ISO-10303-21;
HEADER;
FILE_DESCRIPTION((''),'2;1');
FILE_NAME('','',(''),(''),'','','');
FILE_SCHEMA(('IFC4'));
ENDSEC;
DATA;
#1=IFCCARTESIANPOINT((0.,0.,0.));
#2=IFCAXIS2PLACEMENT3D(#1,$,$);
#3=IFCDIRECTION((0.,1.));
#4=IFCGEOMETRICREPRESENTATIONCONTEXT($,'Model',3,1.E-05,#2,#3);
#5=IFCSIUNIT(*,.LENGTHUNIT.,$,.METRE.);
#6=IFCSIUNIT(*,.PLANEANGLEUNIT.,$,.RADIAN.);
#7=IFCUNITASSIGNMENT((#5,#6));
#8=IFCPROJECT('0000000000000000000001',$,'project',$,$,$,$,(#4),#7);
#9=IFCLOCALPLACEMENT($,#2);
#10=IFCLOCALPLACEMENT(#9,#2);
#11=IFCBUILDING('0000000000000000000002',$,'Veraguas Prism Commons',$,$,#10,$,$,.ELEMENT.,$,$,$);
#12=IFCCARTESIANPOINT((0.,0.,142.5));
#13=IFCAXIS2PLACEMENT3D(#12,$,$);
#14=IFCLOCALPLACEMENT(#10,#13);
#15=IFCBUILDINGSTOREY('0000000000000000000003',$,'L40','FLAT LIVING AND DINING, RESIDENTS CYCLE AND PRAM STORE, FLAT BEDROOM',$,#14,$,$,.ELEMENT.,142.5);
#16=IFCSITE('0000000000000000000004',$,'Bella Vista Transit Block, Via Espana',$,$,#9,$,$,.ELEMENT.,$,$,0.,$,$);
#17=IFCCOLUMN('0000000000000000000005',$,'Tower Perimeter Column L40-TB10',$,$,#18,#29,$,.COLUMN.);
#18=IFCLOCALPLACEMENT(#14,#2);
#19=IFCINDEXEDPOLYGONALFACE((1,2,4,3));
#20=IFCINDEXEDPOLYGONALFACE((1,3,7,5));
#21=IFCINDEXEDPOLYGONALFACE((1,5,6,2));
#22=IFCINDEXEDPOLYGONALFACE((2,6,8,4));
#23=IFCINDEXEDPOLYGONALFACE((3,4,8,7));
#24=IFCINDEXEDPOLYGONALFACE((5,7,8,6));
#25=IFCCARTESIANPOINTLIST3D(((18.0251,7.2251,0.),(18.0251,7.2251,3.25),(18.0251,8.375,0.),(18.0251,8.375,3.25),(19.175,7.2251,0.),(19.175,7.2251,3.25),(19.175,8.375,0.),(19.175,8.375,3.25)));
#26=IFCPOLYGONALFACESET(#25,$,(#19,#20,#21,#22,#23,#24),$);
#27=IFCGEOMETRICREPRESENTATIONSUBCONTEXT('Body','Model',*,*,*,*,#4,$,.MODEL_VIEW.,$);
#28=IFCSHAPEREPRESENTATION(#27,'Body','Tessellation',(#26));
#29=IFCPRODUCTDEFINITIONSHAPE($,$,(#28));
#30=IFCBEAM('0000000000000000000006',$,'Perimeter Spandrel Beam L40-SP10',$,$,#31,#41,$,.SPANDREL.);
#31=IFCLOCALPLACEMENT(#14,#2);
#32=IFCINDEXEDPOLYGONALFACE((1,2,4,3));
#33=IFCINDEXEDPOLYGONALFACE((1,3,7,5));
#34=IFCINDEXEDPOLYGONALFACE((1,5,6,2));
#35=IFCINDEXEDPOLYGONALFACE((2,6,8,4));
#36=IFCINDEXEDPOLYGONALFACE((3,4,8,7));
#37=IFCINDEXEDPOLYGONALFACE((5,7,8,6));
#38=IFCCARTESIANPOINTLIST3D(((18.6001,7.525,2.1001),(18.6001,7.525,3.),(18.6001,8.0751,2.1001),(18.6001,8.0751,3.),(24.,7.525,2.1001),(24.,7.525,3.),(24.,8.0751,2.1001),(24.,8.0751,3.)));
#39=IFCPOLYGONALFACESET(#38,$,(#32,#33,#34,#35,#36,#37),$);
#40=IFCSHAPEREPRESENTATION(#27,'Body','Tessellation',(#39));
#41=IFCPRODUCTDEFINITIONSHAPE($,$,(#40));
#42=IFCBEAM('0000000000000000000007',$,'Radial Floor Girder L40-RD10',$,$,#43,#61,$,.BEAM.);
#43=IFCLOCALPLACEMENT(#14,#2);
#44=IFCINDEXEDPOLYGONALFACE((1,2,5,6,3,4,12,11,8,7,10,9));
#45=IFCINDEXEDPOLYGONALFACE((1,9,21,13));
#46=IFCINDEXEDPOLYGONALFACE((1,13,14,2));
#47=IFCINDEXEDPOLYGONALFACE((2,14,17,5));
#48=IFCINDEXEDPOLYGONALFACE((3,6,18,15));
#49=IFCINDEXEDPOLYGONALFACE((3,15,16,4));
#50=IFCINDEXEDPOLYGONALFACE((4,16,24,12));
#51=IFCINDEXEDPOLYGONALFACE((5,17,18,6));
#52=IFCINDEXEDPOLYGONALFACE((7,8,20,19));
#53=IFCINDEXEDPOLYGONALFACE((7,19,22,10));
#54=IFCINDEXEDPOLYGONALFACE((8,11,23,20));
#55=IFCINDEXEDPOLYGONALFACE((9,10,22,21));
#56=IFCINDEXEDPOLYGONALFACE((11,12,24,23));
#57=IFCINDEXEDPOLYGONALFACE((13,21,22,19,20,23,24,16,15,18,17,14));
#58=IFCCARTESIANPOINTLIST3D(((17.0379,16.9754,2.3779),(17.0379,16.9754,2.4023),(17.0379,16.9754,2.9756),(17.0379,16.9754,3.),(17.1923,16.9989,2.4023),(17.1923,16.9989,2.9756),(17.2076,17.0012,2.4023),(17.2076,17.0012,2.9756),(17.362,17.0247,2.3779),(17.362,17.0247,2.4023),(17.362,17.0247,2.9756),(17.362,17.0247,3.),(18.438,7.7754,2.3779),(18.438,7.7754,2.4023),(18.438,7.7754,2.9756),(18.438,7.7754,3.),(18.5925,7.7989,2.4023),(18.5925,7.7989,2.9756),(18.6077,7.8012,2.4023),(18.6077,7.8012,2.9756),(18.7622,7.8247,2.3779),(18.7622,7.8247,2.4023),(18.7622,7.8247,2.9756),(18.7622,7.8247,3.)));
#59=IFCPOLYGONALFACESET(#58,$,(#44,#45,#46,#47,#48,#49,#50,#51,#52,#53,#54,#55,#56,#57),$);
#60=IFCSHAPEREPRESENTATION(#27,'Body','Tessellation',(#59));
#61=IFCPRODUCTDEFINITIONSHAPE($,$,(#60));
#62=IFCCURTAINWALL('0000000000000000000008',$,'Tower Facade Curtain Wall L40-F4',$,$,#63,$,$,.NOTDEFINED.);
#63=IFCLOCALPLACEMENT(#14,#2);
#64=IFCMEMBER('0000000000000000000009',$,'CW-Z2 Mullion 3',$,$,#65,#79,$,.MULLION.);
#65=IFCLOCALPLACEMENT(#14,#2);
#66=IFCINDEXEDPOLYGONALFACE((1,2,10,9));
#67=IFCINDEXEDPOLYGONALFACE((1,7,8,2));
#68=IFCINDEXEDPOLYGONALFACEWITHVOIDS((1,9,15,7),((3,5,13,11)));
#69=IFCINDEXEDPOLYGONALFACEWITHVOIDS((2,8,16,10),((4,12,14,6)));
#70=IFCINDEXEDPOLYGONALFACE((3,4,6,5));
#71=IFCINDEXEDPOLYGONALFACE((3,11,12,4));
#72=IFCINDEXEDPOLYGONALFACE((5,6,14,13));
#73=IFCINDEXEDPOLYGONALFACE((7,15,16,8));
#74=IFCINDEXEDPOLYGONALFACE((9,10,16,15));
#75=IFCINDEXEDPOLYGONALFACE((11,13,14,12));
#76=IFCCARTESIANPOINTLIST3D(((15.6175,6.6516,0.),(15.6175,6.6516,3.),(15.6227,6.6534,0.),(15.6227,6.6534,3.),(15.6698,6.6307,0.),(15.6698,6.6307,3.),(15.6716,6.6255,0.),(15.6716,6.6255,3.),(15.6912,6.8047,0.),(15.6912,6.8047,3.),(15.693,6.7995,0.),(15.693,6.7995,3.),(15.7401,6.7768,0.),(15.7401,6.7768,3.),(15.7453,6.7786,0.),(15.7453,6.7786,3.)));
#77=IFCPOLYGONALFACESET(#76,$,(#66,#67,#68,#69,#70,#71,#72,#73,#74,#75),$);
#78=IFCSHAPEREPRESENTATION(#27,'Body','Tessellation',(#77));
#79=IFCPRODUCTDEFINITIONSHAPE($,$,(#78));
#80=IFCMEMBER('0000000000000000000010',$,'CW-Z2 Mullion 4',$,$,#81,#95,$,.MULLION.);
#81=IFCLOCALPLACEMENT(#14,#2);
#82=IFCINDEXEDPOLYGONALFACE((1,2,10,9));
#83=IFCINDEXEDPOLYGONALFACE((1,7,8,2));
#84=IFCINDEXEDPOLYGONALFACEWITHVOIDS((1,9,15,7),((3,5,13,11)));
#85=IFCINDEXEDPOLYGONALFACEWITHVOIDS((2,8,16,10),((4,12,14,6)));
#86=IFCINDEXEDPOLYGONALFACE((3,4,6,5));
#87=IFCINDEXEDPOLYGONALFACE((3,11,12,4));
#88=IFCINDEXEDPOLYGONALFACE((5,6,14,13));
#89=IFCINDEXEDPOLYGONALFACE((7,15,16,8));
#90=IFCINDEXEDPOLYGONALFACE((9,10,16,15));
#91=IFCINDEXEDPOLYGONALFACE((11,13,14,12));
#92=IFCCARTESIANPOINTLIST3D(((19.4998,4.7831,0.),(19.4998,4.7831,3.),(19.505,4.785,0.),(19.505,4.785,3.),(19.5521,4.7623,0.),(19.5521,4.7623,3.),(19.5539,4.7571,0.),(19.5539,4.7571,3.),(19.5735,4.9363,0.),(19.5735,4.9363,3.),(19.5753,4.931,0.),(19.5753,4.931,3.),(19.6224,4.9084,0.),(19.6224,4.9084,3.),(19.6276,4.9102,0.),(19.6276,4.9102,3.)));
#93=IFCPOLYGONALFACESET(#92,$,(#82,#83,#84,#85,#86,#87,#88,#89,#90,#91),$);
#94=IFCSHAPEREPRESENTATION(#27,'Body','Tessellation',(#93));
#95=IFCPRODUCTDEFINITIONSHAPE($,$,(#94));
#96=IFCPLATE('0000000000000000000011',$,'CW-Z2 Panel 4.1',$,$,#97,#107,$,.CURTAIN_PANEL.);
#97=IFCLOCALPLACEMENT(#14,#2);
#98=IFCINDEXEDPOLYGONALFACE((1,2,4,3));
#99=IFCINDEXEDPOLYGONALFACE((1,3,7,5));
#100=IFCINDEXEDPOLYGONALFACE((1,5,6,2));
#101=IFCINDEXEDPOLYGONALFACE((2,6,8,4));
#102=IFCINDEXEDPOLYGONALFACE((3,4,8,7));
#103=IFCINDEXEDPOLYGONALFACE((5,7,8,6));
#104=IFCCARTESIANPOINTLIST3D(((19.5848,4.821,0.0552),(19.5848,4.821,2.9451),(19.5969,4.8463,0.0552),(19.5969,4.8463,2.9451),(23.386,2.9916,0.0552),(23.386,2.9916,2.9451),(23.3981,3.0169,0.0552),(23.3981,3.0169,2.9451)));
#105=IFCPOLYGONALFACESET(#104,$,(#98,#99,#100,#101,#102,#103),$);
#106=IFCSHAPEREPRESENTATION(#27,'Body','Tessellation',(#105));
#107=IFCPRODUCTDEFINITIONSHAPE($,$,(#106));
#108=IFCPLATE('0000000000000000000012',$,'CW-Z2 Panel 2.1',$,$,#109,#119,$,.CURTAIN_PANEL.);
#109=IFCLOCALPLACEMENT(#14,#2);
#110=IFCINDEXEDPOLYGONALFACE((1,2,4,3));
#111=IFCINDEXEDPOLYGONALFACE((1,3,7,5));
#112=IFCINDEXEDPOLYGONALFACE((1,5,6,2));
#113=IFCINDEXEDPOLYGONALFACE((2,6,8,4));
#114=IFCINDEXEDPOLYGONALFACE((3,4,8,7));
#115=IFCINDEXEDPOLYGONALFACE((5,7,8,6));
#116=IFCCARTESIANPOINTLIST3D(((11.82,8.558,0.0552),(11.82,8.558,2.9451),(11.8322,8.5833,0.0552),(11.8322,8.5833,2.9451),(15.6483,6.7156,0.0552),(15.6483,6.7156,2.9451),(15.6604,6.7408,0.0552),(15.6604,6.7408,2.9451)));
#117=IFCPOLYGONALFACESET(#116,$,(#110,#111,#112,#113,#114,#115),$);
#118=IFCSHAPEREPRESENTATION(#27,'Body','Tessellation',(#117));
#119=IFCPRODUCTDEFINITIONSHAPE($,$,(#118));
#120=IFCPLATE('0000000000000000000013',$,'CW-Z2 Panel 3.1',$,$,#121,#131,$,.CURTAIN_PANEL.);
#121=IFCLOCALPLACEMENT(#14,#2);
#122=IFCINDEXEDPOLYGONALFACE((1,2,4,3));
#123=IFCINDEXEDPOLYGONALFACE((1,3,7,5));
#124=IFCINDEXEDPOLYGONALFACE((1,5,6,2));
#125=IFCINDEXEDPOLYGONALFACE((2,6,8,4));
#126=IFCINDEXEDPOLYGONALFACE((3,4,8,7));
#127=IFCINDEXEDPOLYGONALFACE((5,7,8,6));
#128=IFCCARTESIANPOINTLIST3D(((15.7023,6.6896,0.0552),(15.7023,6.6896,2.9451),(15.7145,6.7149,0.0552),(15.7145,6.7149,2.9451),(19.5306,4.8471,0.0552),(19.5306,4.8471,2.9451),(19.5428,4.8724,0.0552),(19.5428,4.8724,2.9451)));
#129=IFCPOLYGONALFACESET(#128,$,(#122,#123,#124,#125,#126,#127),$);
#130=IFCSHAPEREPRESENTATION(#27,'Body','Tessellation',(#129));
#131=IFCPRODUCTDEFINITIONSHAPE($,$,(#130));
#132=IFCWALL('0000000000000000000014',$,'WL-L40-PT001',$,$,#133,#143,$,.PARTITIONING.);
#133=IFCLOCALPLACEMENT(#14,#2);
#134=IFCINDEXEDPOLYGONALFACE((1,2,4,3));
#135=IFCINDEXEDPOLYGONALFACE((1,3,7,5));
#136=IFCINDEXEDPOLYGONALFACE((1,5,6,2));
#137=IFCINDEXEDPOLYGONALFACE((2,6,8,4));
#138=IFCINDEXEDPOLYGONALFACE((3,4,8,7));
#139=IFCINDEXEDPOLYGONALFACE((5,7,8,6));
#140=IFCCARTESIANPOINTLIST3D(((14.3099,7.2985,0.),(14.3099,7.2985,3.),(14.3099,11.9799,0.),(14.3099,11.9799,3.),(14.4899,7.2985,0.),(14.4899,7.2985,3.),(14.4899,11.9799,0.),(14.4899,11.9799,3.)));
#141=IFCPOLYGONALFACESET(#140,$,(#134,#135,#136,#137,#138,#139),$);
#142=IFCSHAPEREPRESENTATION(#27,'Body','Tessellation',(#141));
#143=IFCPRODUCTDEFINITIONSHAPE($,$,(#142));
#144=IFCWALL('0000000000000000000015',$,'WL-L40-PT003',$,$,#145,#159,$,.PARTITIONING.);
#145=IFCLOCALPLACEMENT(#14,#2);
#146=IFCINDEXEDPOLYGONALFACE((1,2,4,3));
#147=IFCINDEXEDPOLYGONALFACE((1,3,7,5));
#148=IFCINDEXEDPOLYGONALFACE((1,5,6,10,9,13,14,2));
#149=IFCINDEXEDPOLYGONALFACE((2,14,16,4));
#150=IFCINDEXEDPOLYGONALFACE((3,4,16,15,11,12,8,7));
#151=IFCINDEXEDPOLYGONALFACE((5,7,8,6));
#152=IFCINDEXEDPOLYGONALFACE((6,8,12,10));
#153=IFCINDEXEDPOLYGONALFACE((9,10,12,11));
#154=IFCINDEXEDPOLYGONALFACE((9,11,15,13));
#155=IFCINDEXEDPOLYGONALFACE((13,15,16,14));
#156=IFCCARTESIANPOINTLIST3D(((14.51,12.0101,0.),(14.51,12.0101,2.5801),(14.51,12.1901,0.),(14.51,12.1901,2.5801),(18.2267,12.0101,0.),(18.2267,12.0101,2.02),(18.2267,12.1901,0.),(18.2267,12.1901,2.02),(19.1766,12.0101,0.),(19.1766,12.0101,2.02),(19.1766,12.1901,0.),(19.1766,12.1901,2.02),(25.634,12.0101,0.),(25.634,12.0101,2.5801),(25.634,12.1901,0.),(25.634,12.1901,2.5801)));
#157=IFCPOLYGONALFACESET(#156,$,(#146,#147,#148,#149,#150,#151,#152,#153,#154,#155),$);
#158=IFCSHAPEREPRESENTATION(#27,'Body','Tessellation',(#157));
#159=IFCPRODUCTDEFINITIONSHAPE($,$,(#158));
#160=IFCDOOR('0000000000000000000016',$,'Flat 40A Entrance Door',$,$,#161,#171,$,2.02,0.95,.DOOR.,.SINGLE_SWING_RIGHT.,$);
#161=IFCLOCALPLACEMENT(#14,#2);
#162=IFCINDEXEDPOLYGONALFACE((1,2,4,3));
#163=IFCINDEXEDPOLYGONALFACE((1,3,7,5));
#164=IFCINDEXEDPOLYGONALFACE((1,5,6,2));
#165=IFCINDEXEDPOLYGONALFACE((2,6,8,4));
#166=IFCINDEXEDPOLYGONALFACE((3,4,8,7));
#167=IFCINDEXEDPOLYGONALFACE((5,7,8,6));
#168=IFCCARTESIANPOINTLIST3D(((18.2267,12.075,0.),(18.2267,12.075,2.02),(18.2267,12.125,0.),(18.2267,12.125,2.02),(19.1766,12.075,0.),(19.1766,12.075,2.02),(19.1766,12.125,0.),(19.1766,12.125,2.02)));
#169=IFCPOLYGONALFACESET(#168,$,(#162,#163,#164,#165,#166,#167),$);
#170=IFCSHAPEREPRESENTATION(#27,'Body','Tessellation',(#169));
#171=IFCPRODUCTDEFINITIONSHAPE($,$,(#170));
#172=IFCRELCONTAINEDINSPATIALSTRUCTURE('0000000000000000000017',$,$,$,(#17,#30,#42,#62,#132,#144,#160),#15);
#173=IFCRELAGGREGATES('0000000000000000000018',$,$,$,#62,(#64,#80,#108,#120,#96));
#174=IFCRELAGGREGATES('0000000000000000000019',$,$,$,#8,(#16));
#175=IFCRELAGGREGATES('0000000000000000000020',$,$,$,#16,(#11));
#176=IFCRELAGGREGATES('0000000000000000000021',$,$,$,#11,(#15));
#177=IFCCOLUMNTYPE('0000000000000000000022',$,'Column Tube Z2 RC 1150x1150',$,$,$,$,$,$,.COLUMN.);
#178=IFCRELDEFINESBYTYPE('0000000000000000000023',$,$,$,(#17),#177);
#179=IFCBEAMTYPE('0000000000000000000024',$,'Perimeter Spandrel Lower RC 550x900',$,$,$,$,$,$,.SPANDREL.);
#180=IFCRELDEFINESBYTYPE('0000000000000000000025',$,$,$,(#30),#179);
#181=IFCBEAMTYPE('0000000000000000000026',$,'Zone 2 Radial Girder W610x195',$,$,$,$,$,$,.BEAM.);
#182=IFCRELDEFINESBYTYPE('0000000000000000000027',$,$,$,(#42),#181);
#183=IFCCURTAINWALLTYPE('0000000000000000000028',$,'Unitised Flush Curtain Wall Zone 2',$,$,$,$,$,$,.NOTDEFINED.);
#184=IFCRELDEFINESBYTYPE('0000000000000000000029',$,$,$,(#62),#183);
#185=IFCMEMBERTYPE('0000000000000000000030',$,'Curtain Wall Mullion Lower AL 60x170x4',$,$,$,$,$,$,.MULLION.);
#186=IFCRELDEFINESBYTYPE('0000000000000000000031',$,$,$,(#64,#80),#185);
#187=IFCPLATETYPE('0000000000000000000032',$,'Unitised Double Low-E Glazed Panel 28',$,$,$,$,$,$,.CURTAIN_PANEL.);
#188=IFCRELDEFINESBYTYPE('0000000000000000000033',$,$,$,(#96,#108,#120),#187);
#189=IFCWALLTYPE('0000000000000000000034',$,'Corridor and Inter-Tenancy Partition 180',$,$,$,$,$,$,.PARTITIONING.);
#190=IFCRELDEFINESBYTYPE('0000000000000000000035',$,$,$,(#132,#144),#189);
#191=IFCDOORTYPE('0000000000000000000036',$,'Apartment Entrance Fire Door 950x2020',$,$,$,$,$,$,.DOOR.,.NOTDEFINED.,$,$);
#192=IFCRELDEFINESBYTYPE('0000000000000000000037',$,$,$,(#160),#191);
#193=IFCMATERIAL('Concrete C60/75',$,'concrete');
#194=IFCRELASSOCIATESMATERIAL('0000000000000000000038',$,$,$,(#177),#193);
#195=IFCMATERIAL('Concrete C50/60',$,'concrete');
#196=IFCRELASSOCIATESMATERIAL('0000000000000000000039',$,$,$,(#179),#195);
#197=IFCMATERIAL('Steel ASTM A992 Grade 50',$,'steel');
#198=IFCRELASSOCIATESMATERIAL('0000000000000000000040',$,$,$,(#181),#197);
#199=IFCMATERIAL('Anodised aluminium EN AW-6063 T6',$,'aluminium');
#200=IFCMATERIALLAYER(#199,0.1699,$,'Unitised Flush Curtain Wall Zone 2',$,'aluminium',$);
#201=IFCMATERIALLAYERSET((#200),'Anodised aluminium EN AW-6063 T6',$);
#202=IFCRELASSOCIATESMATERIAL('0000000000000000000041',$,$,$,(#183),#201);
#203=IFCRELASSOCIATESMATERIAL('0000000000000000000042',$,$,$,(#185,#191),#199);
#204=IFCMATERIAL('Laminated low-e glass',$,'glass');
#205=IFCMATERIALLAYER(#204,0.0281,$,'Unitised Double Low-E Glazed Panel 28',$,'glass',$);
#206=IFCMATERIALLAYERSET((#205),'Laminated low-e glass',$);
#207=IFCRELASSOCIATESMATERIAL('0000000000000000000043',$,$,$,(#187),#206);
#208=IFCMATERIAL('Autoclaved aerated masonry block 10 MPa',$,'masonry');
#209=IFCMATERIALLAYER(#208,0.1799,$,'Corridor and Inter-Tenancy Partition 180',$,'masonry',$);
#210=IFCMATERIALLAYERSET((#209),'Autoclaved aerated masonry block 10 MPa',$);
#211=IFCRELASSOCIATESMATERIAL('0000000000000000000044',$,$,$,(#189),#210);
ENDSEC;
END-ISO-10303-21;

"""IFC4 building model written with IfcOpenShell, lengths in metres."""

from ifc_helpers import new_model, si_unit, direction, frame, frame_2d, origin, origin_2d, place, context, subcontext, project, spatial, rectangle, hollow_rectangle, i_section, extrude, source, transform, mapped, material, layer, layer_set, material_profile, profile_set, type_object, element, fill, aggregate, save


model = new_model("IFC4")

# Units and contexts
model_context = context("Model", 3, precision=1e-05, world=origin(), true_north=direction((0.0, 1.0)))
body_context = subcontext(model_context, "Body", "Model", "MODEL_VIEW")
ifc_project = project(units=[si_unit("LENGTHUNIT", "METRE"), si_unit("PLANEANGLEUNIT", "RADIAN")], contexts=[model_context])

# Site, building, storey
site_placement = place(None, origin())
site = spatial("IfcSite", under=ifc_project, at=site_placement, Name="Bella Vista Transit Block, Via Espana", CompositionType="ELEMENT", RefElevation=0.0)
building_placement = place(site_placement, origin())
building = spatial("IfcBuilding", under=site, at=building_placement, Name="Veraguas Prism Commons", CompositionType="ELEMENT")
storey_placement = place(building_placement, frame((0.0, 0.0, 142.5)))
storey = spatial("IfcBuildingStorey", under=building, at=storey_placement, Name="L40", Description="FLAT LIVING AND DINING, RESIDENTS CYCLE AND PRAM STORE, FLAT BEDROOM", CompositionType="ELEMENT", Elevation=142.5)

# Column
ifc_material_1 = material(Name="Concrete C60/75", Category="concrete")
ifc_material_profile_1 = material_profile(ifc_material_1, rectangle(XDim=1.1499, YDim=1.1499, at=origin_2d()), Name="RC1150X1150")
ifc_profile_set_1 = profile_set([ifc_material_profile_1], Name="Concrete C60/75")
column_type = type_object("IfcColumnType", Name="Column Tube Z2 RC 1150x1150", PredefinedType="COLUMN", material=ifc_profile_set_1)
column_placement = place(storey_placement, frame((18.6001, 7.8, 0.0), z_axis=(0.0, 0.0, 1.0), x_axis=(1.0, 0.0, 0.0)))
element("IfcColumn", 1, at=column_placement, inside=storey, type_object=column_type, Name="Tower Perimeter Column L40-TB10", PredefinedType="COLUMN", context=body_context, shape_type="SweptSolid", body=[
    extrude(rectangle(XDim=1.1499, YDim=1.1499, at=origin_2d()), origin(), (0.0, 0.0, 1.0), 3.25),
])

# Beams
ifc_material_2 = material(Name="Concrete C50/60", Category="concrete")
ifc_material_profile_2 = material_profile(ifc_material_2, rectangle(XDim=0.55, YDim=0.8999, at=origin_2d()), Name="RC550X900")
ifc_profile_set_2 = profile_set([ifc_material_profile_2], Name="Concrete C50/60")
beam_type_1 = type_object("IfcBeamType", Name="Perimeter Spandrel Lower RC 550x900", PredefinedType="SPANDREL", material=ifc_profile_set_2)
beam_1_placement = place(storey_placement, frame((18.6001, 7.8, 2.55), z_axis=(1.0, 0.0, 0.0), x_axis=(0.0, 1.0, 0.0)))
element("IfcBeam", 2, at=beam_1_placement, inside=storey, type_object=beam_type_1, Name="Perimeter Spandrel Beam L40-SP10", PredefinedType="SPANDREL", context=body_context, shape_type="SweptSolid", body=[
    extrude(rectangle(XDim=0.55, YDim=0.8999, at=origin_2d()), origin(), (0.0, 0.0, 1.0), 5.3999),
])
ifc_material_3 = material(Name="Steel ASTM A992 Grade 50", Category="steel")
ifc_material_profile_3 = material_profile(ifc_material_3, i_section(OverallWidth=0.3279, OverallDepth=0.6221, WebThickness=0.0154, FlangeThickness=0.0244, at=origin_2d()), Name="W610X195")
ifc_profile_set_3 = profile_set([ifc_material_profile_3], Name="Steel ASTM A992 Grade 50")
beam_type_2 = type_object("IfcBeamType", Name="Zone 2 Radial Girder W610x195", PredefinedType="BEAM", material=ifc_profile_set_3)
beam_2_placement = place(storey_placement, frame((18.6001, 7.8, 2.689), z_axis=(-0.150458, 0.988616, 0.0), x_axis=(-0.988616, -0.150458, 0.0)))
element("IfcBeam", 3, at=beam_2_placement, inside=storey, type_object=beam_type_2, Name="Radial Floor Girder L40-RD10", PredefinedType="BEAM", context=body_context, shape_type="SweptSolid", body=[
    extrude(i_section(OverallWidth=0.3279, OverallDepth=0.6221, WebThickness=0.0154, FlangeThickness=0.0244, at=origin_2d()), origin(), (0.0, 0.0, 1.0), 9.3059),
])

# Curtain wall, members, plates
ifc_material_4 = material(Name="Anodised aluminium EN AW-6063 T6", Category="aluminium")
ifc_layer_1 = layer(ifc_material_4, 0.1699, Name="Unitised Flush Curtain Wall Zone 2", Category="aluminium")
ifc_layer_set_1 = layer_set([ifc_layer_1], Name="Anodised aluminium EN AW-6063 T6")
curtain_wall_type = type_object("IfcCurtainWallType", Name="Unitised Flush Curtain Wall Zone 2", PredefinedType="NOTDEFINED", material=ifc_layer_set_1)
curtain_wall_placement = place(storey_placement, origin())
curtain_wall = element("IfcCurtainWall", 4, at=curtain_wall_placement, inside=storey, type_object=curtain_wall_type, Name="Tower Facade Curtain Wall L40-F4", PredefinedType="NOTDEFINED")
ifc_material_profile_4 = material_profile(ifc_material_4, hollow_rectangle(XDim=0.0601, YDim=0.1699, WallThickness=0.0039, at=origin_2d()), Name="AL60X170X4")
ifc_profile_set_4 = profile_set([ifc_material_profile_4], Name="Anodised aluminium EN AW-6063 T6")
member_type = type_object("IfcMemberType", Name="Curtain Wall Mullion Lower AL 60x170x4", PredefinedType="MULLION", material=ifc_profile_set_4)
shared_shape_1 = source(origin(), body_context, "Body", "SweptSolid", [
    extrude(hollow_rectangle(XDim=0.0601, YDim=0.1699, WallThickness=0.0039, at=origin_2d()), origin(), (0.0, 0.0, 1.0), 3.0),
])
member_1_placement = place(storey_placement, frame((15.6814, 6.7151, 0.0), z_axis=(0.0, 0.0, 1.0), x_axis=(0.901076, -0.433662, 0.0)))
member_1 = element("IfcMember", 5, at=member_1_placement, type_object=member_type, Name="CW-Z2 Mullion 3", PredefinedType="MULLION", context=body_context, shape_type="MappedRepresentation", body=[
    mapped(shared_shape_1, transform((0.0, 0.0, 0.0), scale=1.0)),
])
member_2_placement = place(storey_placement, frame((19.5637, 4.8467, 0.0), z_axis=(0.0, 0.0, 1.0), x_axis=(0.901076, -0.433662, 0.0)))
member_2 = element("IfcMember", 6, at=member_2_placement, type_object=member_type, Name="CW-Z2 Mullion 4", PredefinedType="MULLION", context=body_context, shape_type="MappedRepresentation", body=[
    mapped(shared_shape_1, transform((0.0, 0.0, 0.0), scale=1.0)),
])
ifc_material_5 = material(Name="Laminated low-e glass", Category="glass")
ifc_layer_2 = layer(ifc_material_5, 0.0281, Name="Unitised Double Low-E Glazed Panel 28", Category="glass")
ifc_layer_set_2 = layer_set([ifc_layer_2], Name="Laminated low-e glass")
plate_type = type_object("IfcPlateType", Name="Unitised Double Low-E Glazed Panel 28", PredefinedType="CURTAIN_PANEL", material=ifc_layer_set_2)
shared_shape_2 = source(origin(), body_context, "Body", "SweptSolid", [
    extrude(rectangle(XDim=4.2185, YDim=0.0281, at=origin_2d()), origin(), (0.0, 0.0, 1.0), 2.8899),
])
plate_1_placement = place(storey_placement, frame((21.4915, 3.9189, 0.0552), z_axis=(0.0, 0.0, 1.0), x_axis=(0.901076, -0.433662, 0.0)))
plate_1 = element("IfcPlate", 7, at=plate_1_placement, type_object=plate_type, Name="CW-Z2 Panel 4.1", PredefinedType="CURTAIN_PANEL", context=body_context, shape_type="MappedRepresentation", body=[
    mapped(shared_shape_2, transform((0.0, 0.0, 0.0), scale=1.0)),
])
shared_shape_3 = source(origin(), body_context, "Body", "SweptSolid", [
    extrude(rectangle(XDim=4.2485, YDim=0.0281, at=origin_2d()), origin(), (0.0, 0.0, 1.0), 2.8899),
])
plate_2_placement = place(storey_placement, frame((13.7402, 7.6494, 0.0552), z_axis=(0.0, 0.0, 1.0), x_axis=(0.901076, -0.433662, 0.0)))
plate_2 = element("IfcPlate", 8, at=plate_2_placement, type_object=plate_type, Name="CW-Z2 Panel 2.1", PredefinedType="CURTAIN_PANEL", context=body_context, shape_type="MappedRepresentation", body=[
    mapped(shared_shape_3, transform((0.0, 0.0, 0.0), scale=1.0)),
])
plate_3_placement = place(storey_placement, frame((17.6226, 5.781, 0.0552), z_axis=(0.0, 0.0, 1.0), x_axis=(0.901076, -0.433662, 0.0)))
plate_3 = element("IfcPlate", 9, at=plate_3_placement, type_object=plate_type, Name="CW-Z2 Panel 3.1", PredefinedType="CURTAIN_PANEL", context=body_context, shape_type="MappedRepresentation", body=[
    mapped(shared_shape_3, transform((0.0, 0.0, 0.0), scale=1.0)),
])
aggregate(curtain_wall, [member_1, member_2, plate_2, plate_3, plate_1])

# Wall
ifc_material_6 = material(Name="Autoclaved aerated masonry block 10 MPa", Category="masonry")
ifc_layer_3 = layer(ifc_material_6, 0.1799, Name="Corridor and Inter-Tenancy Partition 180", Category="masonry")
ifc_layer_set_3 = layer_set([ifc_layer_3], Name="Autoclaved aerated masonry block 10 MPa")
wall_type_1 = type_object("IfcWallType", Name="Corridor and Inter-Tenancy Partition 180", PredefinedType="PARTITIONING", material=ifc_layer_set_3)
wall_1_placement = place(storey_placement, frame((14.3999, 11.98, 0.0), z_axis=(0.0, 0.0, 1.0), x_axis=(0.0, -1.0, 0.0)))
element("IfcWall", 10, at=wall_1_placement, inside=storey, type_object=wall_type_1, Name="WL-L40-PT001", PredefinedType="PARTITIONING", context=body_context, shape_type="SweptSolid", body=[
    extrude(rectangle(XDim=4.6814, YDim=0.1799, at=frame_2d((2.3408, 0.0))), origin(), (0.0, 0.0, 1.0), 3.0),
])

# Wall, opening, door
wall_2_placement = place(storey_placement, frame((14.51, 12.1001, 0.0), z_axis=(0.0, 0.0, 1.0), x_axis=(1.0, 0.0, 0.0)))
wall_2 = element("IfcWall", 11, at=wall_2_placement, inside=storey, type_object=wall_type_1, Name="WL-L40-PT003", PredefinedType="PARTITIONING", context=body_context, shape_type="SweptSolid", body=[
    extrude(rectangle(XDim=11.124, YDim=0.1799, at=frame_2d((5.562, 0.0))), origin(), (0.0, 0.0, 1.0), 2.5801),
])
opening_1_placement = place(wall_2_placement, frame((3.7166, 0.0, 0.0)))
opening_1 = element("IfcOpeningElement", 12, at=opening_1_placement, cuts=wall_2, PredefinedType="OPENING", context=body_context, shape_type="SweptSolid", body=[
    extrude(rectangle(XDim=0.95, YDim=2.02, at=frame_2d((0.4751, 1.01))), frame((0.0, 0.0999, 0.0), z_axis=(0.0, -1.0, 0.0), x_axis=(1.0, 0.0, 0.0)), (0.0, 0.0, 1.0), 0.2),
])
door_type_1 = type_object("IfcDoorType", Name="Apartment Entrance Fire Door 950x2020", OperationType="NOTDEFINED", PredefinedType="DOOR", material=ifc_material_4)
shared_shape_4 = source(origin(), body_context, "Body", "SweptSolid", [
    extrude(rectangle(XDim=0.95, YDim=2.02, at=frame_2d((0.4751, 1.01))), frame((0.0, 0.0249, 0.0), z_axis=(0.0, -1.0, 0.0), x_axis=(1.0, 0.0, 0.0)), (0.0, 0.0, 1.0), 0.05),
])
door_1_placement = place(opening_1_placement, origin())
door_1 = element("IfcDoor", 13, at=door_1_placement, inside=storey, type_object=door_type_1, Name="Flat 40A Entrance Door", OperationType="SINGLE_SWING_RIGHT", OverallHeight=2.02, OverallWidth=0.95, PredefinedType="DOOR", context=body_context, shape_type="MappedRepresentation", body=[
    mapped(shared_shape_4, transform((0.0, 0.0, 0.0), scale=1.0)),
])
fill(opening_1, door_1)

save(model, "model.ifc")
